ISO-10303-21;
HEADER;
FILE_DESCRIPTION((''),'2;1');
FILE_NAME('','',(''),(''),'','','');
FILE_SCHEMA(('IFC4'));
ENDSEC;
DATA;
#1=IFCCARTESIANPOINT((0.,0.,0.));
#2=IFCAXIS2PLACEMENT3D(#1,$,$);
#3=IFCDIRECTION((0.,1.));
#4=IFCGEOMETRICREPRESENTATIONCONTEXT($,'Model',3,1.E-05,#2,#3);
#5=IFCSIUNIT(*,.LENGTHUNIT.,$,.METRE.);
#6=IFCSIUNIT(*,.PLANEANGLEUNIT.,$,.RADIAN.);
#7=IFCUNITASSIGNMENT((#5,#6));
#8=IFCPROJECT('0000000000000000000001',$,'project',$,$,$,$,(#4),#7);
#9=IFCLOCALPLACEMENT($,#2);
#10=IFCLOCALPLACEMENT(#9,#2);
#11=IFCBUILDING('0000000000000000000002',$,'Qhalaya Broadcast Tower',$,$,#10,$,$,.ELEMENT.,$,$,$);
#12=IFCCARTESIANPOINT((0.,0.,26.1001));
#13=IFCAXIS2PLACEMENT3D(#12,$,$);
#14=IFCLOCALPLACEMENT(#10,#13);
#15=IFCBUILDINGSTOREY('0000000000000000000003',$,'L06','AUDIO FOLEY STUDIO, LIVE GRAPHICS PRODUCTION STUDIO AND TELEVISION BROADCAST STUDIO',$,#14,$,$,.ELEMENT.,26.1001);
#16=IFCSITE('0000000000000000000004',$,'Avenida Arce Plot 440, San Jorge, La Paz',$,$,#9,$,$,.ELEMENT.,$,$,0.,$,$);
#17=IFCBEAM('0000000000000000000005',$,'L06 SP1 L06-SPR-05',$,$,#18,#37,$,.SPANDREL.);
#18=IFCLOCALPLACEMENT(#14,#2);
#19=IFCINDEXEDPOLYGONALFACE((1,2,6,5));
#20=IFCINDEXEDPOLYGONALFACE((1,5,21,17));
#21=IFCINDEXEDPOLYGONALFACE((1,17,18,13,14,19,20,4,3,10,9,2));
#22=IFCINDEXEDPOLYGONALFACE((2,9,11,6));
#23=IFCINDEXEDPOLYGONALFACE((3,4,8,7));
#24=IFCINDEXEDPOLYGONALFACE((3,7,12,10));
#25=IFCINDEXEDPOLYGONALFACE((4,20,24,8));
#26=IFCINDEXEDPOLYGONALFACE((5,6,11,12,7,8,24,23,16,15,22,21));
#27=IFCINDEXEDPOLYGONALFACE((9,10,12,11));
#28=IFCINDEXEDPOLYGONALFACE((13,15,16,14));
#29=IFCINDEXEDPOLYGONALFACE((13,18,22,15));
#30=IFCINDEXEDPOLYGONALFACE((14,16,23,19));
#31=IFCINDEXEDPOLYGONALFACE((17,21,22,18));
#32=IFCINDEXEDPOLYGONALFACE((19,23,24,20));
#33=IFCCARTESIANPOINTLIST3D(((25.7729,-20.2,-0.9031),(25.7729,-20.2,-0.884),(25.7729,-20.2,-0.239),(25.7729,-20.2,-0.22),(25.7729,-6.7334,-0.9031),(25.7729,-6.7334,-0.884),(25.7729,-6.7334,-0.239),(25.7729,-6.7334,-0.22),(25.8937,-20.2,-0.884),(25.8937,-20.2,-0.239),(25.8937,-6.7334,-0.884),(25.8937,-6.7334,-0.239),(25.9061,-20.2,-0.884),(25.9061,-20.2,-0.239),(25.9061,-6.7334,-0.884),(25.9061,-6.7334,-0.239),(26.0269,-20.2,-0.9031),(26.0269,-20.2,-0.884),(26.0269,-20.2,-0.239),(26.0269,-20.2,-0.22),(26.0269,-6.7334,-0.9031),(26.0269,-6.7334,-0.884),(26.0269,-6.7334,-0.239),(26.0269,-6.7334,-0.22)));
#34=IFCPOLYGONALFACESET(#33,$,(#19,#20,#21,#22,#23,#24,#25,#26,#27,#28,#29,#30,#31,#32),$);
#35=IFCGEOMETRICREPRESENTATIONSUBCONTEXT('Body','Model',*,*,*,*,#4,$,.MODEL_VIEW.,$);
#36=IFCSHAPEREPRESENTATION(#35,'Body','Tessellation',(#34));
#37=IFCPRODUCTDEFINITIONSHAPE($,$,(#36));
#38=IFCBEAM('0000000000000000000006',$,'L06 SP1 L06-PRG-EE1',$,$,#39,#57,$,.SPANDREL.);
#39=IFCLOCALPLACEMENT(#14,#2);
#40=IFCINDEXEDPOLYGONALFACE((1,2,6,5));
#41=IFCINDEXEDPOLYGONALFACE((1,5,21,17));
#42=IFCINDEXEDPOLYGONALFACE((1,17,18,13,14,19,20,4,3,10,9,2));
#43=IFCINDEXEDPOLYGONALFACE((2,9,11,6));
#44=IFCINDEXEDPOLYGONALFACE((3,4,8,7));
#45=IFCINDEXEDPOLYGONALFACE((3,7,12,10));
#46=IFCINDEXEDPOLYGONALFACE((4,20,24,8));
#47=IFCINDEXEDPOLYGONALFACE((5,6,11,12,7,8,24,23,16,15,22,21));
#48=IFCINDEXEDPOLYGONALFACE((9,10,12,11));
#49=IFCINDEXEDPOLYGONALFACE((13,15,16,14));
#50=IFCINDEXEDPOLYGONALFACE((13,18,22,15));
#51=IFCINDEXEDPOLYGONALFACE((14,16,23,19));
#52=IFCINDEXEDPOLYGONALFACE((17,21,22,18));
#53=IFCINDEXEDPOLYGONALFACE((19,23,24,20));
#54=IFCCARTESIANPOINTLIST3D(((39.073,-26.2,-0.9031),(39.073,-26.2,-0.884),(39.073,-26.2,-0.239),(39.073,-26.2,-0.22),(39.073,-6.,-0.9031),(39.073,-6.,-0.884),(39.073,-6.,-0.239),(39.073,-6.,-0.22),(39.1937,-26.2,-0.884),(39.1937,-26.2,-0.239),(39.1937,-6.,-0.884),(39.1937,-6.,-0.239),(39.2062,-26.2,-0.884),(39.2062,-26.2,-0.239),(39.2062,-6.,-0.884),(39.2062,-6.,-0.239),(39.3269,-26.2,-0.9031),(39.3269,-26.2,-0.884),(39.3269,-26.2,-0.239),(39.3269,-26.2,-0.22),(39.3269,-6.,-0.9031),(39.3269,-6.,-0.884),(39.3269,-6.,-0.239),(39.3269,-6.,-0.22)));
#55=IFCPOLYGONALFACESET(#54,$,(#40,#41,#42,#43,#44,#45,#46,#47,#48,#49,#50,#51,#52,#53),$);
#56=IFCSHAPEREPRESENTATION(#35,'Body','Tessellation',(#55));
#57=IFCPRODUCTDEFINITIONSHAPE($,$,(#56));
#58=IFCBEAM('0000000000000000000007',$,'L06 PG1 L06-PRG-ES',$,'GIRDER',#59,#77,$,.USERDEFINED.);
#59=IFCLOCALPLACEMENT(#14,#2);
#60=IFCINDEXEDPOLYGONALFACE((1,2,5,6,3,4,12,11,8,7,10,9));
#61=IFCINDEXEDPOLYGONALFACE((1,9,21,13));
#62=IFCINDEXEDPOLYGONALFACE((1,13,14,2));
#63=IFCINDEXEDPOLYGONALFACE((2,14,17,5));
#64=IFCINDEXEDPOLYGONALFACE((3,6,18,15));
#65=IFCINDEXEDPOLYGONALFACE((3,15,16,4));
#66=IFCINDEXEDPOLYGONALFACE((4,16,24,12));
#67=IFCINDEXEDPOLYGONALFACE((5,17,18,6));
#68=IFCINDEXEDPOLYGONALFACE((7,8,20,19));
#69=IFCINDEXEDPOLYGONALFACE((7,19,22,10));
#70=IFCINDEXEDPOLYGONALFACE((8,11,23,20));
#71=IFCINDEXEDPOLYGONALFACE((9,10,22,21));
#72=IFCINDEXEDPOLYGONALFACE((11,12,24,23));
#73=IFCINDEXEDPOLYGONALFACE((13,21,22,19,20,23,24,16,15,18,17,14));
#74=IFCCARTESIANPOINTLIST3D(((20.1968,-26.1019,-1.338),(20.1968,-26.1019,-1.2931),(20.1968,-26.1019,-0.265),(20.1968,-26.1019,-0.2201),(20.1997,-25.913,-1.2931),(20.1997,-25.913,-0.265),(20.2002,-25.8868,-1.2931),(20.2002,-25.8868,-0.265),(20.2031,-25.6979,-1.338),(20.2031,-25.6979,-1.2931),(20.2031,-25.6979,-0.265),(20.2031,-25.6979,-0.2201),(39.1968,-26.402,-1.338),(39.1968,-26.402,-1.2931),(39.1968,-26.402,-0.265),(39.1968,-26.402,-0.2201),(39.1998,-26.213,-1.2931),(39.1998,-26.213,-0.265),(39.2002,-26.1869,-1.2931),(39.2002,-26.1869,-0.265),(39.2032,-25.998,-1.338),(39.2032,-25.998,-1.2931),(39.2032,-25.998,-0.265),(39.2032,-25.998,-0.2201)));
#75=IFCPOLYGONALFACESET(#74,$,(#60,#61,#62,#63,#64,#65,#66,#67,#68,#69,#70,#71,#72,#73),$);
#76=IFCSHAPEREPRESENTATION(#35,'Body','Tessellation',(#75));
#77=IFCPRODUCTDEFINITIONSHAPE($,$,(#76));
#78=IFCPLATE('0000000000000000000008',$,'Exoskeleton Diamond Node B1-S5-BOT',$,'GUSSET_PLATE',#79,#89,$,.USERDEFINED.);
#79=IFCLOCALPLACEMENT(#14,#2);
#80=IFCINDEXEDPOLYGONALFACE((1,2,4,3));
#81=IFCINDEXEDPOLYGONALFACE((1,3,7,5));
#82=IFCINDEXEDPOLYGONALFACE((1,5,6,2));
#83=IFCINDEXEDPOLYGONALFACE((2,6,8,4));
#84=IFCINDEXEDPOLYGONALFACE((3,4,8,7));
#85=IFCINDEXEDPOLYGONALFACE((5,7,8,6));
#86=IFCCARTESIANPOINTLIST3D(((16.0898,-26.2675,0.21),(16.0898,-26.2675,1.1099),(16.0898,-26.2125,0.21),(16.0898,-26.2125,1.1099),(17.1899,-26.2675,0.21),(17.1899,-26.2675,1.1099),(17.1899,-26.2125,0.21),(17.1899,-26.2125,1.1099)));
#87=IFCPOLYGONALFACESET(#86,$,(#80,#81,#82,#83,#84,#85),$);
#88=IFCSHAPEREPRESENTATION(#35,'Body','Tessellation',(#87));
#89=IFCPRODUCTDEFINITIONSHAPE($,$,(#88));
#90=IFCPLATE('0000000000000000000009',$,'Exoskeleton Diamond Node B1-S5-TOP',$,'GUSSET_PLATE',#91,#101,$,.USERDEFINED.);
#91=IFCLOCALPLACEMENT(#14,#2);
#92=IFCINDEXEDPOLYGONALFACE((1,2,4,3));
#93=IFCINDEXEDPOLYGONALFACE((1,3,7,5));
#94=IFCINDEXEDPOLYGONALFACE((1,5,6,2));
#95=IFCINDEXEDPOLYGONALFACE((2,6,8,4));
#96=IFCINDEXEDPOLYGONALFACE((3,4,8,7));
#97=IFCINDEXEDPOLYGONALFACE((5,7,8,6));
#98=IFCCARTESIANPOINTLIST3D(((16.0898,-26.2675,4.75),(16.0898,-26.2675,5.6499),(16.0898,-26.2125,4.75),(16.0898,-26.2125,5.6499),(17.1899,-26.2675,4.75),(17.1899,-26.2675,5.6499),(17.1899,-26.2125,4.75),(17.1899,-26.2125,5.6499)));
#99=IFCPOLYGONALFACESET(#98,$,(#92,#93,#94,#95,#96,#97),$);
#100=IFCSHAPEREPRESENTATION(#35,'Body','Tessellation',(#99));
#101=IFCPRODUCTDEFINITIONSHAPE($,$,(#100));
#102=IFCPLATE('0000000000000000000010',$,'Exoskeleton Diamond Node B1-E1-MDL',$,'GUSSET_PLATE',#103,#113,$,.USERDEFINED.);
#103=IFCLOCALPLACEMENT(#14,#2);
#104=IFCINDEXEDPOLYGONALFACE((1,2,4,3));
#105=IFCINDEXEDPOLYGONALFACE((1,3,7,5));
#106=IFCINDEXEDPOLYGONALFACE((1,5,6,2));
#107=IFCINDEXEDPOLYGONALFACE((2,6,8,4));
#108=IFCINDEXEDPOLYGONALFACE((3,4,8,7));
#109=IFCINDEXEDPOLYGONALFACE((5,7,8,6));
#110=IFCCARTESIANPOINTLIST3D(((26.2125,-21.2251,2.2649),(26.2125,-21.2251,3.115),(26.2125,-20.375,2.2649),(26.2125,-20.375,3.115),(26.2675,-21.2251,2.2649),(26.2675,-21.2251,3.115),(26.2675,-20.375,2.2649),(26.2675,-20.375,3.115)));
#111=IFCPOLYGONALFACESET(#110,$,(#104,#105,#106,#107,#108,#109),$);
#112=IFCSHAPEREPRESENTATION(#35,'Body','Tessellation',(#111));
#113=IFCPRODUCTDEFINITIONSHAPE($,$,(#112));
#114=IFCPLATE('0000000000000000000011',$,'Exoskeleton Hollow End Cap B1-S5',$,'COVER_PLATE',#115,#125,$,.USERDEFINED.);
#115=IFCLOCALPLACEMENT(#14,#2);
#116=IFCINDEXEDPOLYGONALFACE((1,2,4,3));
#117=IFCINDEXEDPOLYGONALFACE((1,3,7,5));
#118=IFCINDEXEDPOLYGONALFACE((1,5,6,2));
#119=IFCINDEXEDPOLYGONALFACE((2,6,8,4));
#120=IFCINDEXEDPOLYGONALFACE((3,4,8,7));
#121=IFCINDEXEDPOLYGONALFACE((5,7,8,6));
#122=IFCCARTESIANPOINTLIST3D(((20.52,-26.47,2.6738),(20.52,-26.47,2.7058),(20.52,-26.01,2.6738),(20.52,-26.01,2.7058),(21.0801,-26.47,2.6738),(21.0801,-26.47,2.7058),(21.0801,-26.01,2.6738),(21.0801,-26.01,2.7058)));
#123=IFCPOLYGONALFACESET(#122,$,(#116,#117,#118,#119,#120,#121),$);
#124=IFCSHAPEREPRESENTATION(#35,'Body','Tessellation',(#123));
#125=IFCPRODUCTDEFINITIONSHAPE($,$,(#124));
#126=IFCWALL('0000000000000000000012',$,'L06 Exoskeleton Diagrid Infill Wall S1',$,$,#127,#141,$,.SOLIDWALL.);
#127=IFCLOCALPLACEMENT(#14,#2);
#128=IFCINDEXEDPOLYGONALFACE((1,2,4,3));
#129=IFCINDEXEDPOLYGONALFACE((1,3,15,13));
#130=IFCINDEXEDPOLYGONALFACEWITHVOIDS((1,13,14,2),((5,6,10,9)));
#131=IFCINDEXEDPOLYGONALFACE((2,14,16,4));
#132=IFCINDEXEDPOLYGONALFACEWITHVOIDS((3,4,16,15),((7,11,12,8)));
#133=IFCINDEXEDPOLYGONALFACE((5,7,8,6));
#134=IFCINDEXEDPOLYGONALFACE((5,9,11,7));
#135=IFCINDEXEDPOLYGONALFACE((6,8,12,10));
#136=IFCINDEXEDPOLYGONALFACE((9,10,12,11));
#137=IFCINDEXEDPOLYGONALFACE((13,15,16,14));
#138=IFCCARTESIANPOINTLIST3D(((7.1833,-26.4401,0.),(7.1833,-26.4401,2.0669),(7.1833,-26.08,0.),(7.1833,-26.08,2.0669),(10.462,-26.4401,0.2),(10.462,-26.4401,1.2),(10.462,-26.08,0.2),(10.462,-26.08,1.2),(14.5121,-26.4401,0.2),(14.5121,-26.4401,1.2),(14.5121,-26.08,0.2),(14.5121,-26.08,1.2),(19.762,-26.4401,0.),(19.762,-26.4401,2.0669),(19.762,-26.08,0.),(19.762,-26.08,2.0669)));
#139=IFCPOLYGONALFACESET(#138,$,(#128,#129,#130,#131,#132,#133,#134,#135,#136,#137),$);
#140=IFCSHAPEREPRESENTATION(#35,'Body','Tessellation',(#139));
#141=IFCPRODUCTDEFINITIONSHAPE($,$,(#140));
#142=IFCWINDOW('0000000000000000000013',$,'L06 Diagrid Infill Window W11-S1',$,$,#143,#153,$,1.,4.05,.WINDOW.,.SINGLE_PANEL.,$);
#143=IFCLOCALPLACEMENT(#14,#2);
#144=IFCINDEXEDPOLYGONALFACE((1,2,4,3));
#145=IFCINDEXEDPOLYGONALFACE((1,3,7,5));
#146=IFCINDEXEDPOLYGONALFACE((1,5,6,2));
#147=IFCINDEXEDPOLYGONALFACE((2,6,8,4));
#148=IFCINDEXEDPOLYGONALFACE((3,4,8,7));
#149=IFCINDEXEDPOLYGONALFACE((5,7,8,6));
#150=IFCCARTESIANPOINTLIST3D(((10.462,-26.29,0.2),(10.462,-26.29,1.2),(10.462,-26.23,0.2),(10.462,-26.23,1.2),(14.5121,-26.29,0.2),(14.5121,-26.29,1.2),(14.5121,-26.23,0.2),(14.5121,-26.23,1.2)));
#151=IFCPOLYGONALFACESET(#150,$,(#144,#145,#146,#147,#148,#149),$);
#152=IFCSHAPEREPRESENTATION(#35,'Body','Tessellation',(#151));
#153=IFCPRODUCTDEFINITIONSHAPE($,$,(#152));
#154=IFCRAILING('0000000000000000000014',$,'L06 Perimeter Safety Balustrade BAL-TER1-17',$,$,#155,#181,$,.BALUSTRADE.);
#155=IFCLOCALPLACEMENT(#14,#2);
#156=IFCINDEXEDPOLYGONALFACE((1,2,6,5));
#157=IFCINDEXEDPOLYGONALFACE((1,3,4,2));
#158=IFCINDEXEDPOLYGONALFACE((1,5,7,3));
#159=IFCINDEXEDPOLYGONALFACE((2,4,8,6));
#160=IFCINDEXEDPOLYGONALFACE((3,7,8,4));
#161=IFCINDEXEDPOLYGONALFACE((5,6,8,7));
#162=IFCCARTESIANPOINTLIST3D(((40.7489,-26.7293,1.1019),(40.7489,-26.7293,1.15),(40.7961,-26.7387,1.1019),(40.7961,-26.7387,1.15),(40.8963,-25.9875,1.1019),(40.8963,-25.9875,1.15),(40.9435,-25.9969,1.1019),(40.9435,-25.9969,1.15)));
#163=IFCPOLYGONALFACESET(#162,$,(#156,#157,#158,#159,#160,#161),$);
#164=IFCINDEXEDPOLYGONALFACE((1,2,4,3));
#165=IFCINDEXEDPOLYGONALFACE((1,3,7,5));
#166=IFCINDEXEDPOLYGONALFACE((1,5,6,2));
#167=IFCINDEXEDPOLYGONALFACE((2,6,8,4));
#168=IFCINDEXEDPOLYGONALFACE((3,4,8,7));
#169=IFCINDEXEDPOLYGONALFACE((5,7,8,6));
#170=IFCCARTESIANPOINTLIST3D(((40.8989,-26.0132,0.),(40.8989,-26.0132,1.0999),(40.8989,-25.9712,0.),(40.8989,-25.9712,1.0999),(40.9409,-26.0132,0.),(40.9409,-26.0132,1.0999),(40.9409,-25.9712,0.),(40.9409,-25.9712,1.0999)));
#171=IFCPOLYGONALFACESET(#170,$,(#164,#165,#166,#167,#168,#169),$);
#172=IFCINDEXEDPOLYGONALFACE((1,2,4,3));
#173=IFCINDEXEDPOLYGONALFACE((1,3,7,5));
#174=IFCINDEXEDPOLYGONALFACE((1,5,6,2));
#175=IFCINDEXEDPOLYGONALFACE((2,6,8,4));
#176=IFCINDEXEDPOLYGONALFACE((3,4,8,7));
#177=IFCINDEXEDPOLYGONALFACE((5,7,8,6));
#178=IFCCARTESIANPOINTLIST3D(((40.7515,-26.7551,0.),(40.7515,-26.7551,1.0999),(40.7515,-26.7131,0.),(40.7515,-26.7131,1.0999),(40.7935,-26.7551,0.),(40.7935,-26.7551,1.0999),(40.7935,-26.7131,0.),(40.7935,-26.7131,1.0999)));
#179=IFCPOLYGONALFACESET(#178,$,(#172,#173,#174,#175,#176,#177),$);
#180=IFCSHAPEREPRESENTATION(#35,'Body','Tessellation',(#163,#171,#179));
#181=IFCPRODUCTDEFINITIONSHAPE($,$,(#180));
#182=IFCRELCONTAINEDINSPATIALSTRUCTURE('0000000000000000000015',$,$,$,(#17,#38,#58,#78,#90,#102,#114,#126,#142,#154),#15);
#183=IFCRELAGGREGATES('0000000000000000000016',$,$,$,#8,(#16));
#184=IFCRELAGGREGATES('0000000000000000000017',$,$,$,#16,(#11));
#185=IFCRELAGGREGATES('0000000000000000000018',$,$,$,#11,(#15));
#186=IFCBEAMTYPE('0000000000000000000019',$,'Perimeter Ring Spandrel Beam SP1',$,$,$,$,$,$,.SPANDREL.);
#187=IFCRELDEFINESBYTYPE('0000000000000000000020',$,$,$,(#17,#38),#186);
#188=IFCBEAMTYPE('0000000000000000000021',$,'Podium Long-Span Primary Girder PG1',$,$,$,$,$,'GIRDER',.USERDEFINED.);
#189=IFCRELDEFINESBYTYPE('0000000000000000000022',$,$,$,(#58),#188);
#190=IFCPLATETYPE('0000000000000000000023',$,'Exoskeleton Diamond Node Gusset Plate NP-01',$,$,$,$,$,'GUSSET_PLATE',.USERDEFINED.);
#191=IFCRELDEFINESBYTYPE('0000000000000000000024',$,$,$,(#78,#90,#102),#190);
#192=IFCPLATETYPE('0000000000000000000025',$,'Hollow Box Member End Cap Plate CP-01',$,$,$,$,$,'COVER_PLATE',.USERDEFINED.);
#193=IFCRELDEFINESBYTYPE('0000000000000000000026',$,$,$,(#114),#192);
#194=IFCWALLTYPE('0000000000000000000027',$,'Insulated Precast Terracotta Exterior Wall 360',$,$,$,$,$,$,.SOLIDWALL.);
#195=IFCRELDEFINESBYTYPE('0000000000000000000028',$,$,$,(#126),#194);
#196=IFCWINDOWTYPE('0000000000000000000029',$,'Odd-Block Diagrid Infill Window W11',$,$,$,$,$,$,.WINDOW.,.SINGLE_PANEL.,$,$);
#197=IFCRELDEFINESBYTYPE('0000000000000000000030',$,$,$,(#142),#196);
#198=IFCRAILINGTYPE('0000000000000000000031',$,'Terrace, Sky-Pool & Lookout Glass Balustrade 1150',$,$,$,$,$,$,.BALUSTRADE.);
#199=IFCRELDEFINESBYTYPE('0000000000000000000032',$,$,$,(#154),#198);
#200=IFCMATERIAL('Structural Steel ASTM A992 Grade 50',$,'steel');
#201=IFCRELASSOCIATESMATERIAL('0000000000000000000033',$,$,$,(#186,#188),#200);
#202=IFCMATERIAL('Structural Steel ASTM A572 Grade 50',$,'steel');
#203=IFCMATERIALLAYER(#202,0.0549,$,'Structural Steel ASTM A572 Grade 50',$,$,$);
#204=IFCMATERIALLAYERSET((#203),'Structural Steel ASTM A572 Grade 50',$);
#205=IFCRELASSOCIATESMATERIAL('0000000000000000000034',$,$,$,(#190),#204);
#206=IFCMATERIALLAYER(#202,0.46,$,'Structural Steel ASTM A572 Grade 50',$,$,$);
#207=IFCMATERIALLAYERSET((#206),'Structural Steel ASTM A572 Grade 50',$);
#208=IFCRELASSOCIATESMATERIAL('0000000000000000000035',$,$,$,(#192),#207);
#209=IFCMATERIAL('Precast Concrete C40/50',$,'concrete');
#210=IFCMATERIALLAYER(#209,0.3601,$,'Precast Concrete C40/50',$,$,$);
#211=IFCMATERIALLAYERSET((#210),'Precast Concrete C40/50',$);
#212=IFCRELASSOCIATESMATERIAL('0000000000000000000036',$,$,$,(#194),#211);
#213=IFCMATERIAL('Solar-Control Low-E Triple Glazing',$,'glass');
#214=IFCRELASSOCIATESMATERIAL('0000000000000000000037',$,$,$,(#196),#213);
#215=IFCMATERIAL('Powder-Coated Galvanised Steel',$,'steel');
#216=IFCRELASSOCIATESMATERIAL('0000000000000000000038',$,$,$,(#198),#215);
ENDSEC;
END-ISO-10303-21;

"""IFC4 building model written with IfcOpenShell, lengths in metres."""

from ifc_helpers import new_model, si_unit, direction, frame, frame_2d, origin, origin_2d, place, context, subcontext, project, spatial, rectangle, i_section, extrude, material, layer, layer_set, material_profile, profile_set, type_object, element, fill, save


model = new_model("IFC4")

# Units and contexts
model_context = context("Model", 3, precision=1e-05, world=origin(), true_north=direction((0.0, 1.0)))
body_context = subcontext(model_context, "Body", "Model", "MODEL_VIEW")
ifc_project = project(units=[si_unit("LENGTHUNIT", "METRE"), si_unit("PLANEANGLEUNIT", "RADIAN")], contexts=[model_context])

# Site, building, storey
site_placement = place(None, origin())
site = spatial("IfcSite", under=ifc_project, at=site_placement, Name="Avenida Arce Plot 440, San Jorge, La Paz", CompositionType="ELEMENT", RefElevation=0.0)
building_placement = place(site_placement, origin())
building = spatial("IfcBuilding", under=site, at=building_placement, Name="Qhalaya Broadcast Tower", CompositionType="ELEMENT")
storey_placement = place(building_placement, frame((0.0, 0.0, 26.1001)))
storey = spatial("IfcBuildingStorey", under=building, at=storey_placement, Name="L06", Description="AUDIO FOLEY STUDIO, LIVE GRAPHICS PRODUCTION STUDIO AND TELEVISION BROADCAST STUDIO", CompositionType="ELEMENT", Elevation=26.1001)

# Shared definitions
ifc_material_1 = material(Name="Structural Steel ASTM A572 Grade 50", Category="steel")

# Shared definitions
ifc_material_2 = material(Name="Structural Steel ASTM A992 Grade 50", Category="steel")

# Beams
ifc_material_profile_1 = material_profile(ifc_material_2, i_section(OverallWidth=0.2539, OverallDepth=0.6831, WebThickness=0.0125, FlangeThickness=0.019, at=origin_2d()), Name="W27X94")
ifc_profile_set_1 = profile_set([ifc_material_profile_1], Name="Structural Steel ASTM A992 Grade 50")
beam_type_1 = type_object("IfcBeamType", Name="Perimeter Ring Spandrel Beam SP1", PredefinedType="SPANDREL", material=ifc_profile_set_1)
beam_1_placement = place(storey_placement, frame((25.8999, -20.2, -0.5615), z_axis=(0.0, 1.0, 0.0), x_axis=(-1.0, 0.0, 0.0)))
element("IfcBeam", 1, at=beam_1_placement, inside=storey, type_object=beam_type_1, Name="L06 SP1 L06-SPR-05", PredefinedType="SPANDREL", context=body_context, shape_type="SweptSolid", body=[
    extrude(i_section(OverallWidth=0.2539, OverallDepth=0.6831, WebThickness=0.0125, FlangeThickness=0.019, at=origin_2d()), origin(), (0.0, 0.0, 1.0), 13.4666),
])
beam_2_placement = place(storey_placement, frame((39.2, -26.2, -0.5615), z_axis=(0.0, 1.0, 0.0), x_axis=(-1.0, 0.0, 0.0)))
element("IfcBeam", 2, at=beam_2_placement, inside=storey, type_object=beam_type_1, Name="L06 SP1 L06-PRG-EE1", PredefinedType="SPANDREL", context=body_context, shape_type="SweptSolid", body=[
    extrude(i_section(OverallWidth=0.2539, OverallDepth=0.6831, WebThickness=0.0125, FlangeThickness=0.019, at=origin_2d()), origin(), (0.0, 0.0, 1.0), 20.2),
])
ifc_material_profile_2 = material_profile(ifc_material_2, i_section(OverallWidth=0.4041, OverallDepth=1.1179, WebThickness=0.0261, FlangeThickness=0.0449, at=origin_2d()), Name="W44X335")
ifc_profile_set_2 = profile_set([ifc_material_profile_2], Name="Structural Steel ASTM A992 Grade 50")
beam_type_2 = type_object("IfcBeamType", Name="Podium Long-Span Primary Girder PG1", ElementType="GIRDER", PredefinedType="USERDEFINED", material=ifc_profile_set_2)
beam_3_placement = place(storey_placement, frame((20.2, -25.8999, -0.7791), z_axis=(0.999875, -0.01579, 0.0), x_axis=(0.01579, 0.999875, 0.0)))
element("IfcBeam", 3, at=beam_3_placement, inside=storey, type_object=beam_type_2, Name="L06 PG1 L06-PRG-ES", ObjectType="GIRDER", PredefinedType="USERDEFINED", context=body_context, shape_type="SweptSolid", body=[
    extrude(i_section(OverallWidth=0.4041, OverallDepth=1.1179, WebThickness=0.0261, FlangeThickness=0.0449, at=origin_2d()), origin(), (0.0, 0.0, 1.0), 19.0024),
])

# Plates
ifc_layer_1 = layer(ifc_material_1, 0.0549, Name="Structural Steel ASTM A572 Grade 50")
ifc_layer_set_1 = layer_set([ifc_layer_1], Name="Structural Steel ASTM A572 Grade 50")
plate_type_1 = type_object("IfcPlateType", Name="Exoskeleton Diamond Node Gusset Plate NP-01", ElementType="GUSSET_PLATE", PredefinedType="USERDEFINED", material=ifc_layer_set_1)
for number, where, z_axis, x_axis, name in (
    (4, (16.6399, -26.24, 0.21), (0.0, 0.0, 1.0), (1.0, 0.0, 0.0), "Exoskeleton Diamond Node B1-S5-BOT"),
    (5, (16.6399, -26.24, 4.75), (0.0, 0.0, 1.0), (1.0, 0.0, 0.0), "Exoskeleton Diamond Node B1-S5-TOP"),
):
    element("IfcPlate", number, at=place(storey_placement, frame(where, z_axis=z_axis, x_axis=x_axis)), inside=storey, type_object=plate_type_1, Name=name, ObjectType="GUSSET_PLATE", PredefinedType="USERDEFINED", context=body_context, shape_type="SweptSolid", body=[
        extrude(rectangle(XDim=1.1001, YDim=0.0549, at=origin_2d()), origin(), (0.0, 0.0, 1.0), 0.8999),
    ])
plate_1_placement = place(storey_placement, frame((26.24, -20.8, 2.2649), z_axis=(0.0, 0.0, 1.0), x_axis=(0.0, 1.0, 0.0)))
element("IfcPlate", 6, at=plate_1_placement, inside=storey, type_object=plate_type_1, Name="Exoskeleton Diamond Node B1-E1-MDL", ObjectType="GUSSET_PLATE", PredefinedType="USERDEFINED", context=body_context, shape_type="SweptSolid", body=[
    extrude(rectangle(XDim=0.8501, YDim=0.0549, at=origin_2d()), origin(), (0.0, 0.0, 1.0), 0.8501),
])
ifc_layer_2 = layer(ifc_material_1, 0.46, Name="Structural Steel ASTM A572 Grade 50")
ifc_layer_set_2 = layer_set([ifc_layer_2], Name="Structural Steel ASTM A572 Grade 50")
plate_type_2 = type_object("IfcPlateType", Name="Hollow Box Member End Cap Plate CP-01", ElementType="COVER_PLATE", PredefinedType="USERDEFINED", material=ifc_layer_set_2)
plate_2_placement = place(storey_placement, frame((20.8, -26.24, 2.6738), z_axis=(0.0, 0.0, 1.0), x_axis=(1.0, 0.0, 0.0)))
element("IfcPlate", 7, at=plate_2_placement, inside=storey, type_object=plate_type_2, Name="Exoskeleton Hollow End Cap B1-S5", ObjectType="COVER_PLATE", PredefinedType="USERDEFINED", context=body_context, shape_type="SweptSolid", body=[
    extrude(rectangle(XDim=0.5601, YDim=0.46, at=origin_2d()), origin(), (0.0, 0.0, 1.0), 0.032),
])

# Wall, opening, window
ifc_material_3 = material(Name="Precast Concrete C40/50", Category="concrete")
ifc_layer_3 = layer(ifc_material_3, 0.3601, Name="Precast Concrete C40/50")
ifc_layer_set_3 = layer_set([ifc_layer_3], Name="Precast Concrete C40/50")
wall_type = type_object("IfcWallType", Name="Insulated Precast Terracotta Exterior Wall 360", PredefinedType="SOLIDWALL", material=ifc_layer_set_3)
wall_placement = place(storey_placement, frame((19.762, -26.26, 0.0), z_axis=(0.0, 0.0, 1.0), x_axis=(-1.0, 0.0, 0.0)))
wall = element("IfcWall", 8, at=wall_placement, inside=storey, type_object=wall_type, Name="L06 Exoskeleton Diagrid Infill Wall S1", PredefinedType="SOLIDWALL", context=body_context, shape_type="SweptSolid", body=[
    extrude(rectangle(XDim=12.5786, YDim=0.3601, at=frame_2d((6.2893, 0.0))), origin(), (0.0, 0.0, 1.0), 2.0669),
])
opening_placement = place(wall_placement, frame((5.25, 0.0, 0.2)))
opening = element("IfcOpeningElement", 9, at=opening_placement, cuts=wall, PredefinedType="OPENING", context=body_context, shape_type="SweptSolid", body=[
    extrude(rectangle(XDim=4.05, YDim=1.0, at=frame_2d((2.0249, 0.5))), frame((0.0, 0.1921, 0.0), z_axis=(0.0, -1.0, 0.0), x_axis=(1.0, 0.0, 0.0)), (0.0, 0.0, 1.0), 0.384),
])
ifc_material_4 = material(Name="Solar-Control Low-E Triple Glazing", Category="glass")
window_type = type_object("IfcWindowType", Name="Odd-Block Diagrid Infill Window W11", PartitioningType="SINGLE_PANEL", PredefinedType="WINDOW", material=ifc_material_4)
window_placement = place(opening_placement, origin())
window = element("IfcWindow", 10, at=window_placement, inside=storey, type_object=window_type, Name="L06 Diagrid Infill Window W11-S1", OverallHeight=1.0, OverallWidth=4.05, PartitioningType="SINGLE_PANEL", PredefinedType="WINDOW", context=body_context, shape_type="SweptSolid", body=[
    extrude(rectangle(XDim=4.05, YDim=1.0, at=frame_2d((2.0249, 0.5))), frame((0.0, 0.03, 0.0), z_axis=(0.0, -1.0, 0.0), x_axis=(1.0, 0.0, 0.0)), (0.0, 0.0, 1.0), 0.0601),
])
fill(opening, window)

# Railing
ifc_material_5 = material(Name="Powder-Coated Galvanised Steel", Category="steel")
railing_type = type_object("IfcRailingType", Name="Terrace, Sky-Pool & Lookout Glass Balustrade 1150", PredefinedType="BALUSTRADE", material=ifc_material_5)
railing_1_placement = place(storey_placement, frame((40.9199, -25.9922, 0.0)))
element("IfcRailing", 11, at=railing_1_placement, inside=storey, type_object=railing_type, Name="L06 Perimeter Safety Balustrade BAL-TER1-17", PredefinedType="BALUSTRADE", context=body_context, shape_type="SweptSolid", body=[
    extrude(rectangle(XDim=0.0481, YDim=0.0481, at=origin_2d()), frame((0.0, 0.0, 1.126), z_axis=(-0.194937, -0.980816, 0.0), x_axis=(0.980816, -0.194937, 0.0)), (0.0, 0.0, 1.0), 0.7563),
    extrude(rectangle(XDim=0.042, YDim=0.042, at=origin_2d()), origin(), (0.0, 0.0, 1.0), 1.0999),
    extrude(rectangle(XDim=0.042, YDim=0.042, at=origin_2d()), frame((-0.1475, -0.7419, 0.0)), (0.0, 0.0, 1.0), 1.0999),
])

save(model, "model.ifc")
